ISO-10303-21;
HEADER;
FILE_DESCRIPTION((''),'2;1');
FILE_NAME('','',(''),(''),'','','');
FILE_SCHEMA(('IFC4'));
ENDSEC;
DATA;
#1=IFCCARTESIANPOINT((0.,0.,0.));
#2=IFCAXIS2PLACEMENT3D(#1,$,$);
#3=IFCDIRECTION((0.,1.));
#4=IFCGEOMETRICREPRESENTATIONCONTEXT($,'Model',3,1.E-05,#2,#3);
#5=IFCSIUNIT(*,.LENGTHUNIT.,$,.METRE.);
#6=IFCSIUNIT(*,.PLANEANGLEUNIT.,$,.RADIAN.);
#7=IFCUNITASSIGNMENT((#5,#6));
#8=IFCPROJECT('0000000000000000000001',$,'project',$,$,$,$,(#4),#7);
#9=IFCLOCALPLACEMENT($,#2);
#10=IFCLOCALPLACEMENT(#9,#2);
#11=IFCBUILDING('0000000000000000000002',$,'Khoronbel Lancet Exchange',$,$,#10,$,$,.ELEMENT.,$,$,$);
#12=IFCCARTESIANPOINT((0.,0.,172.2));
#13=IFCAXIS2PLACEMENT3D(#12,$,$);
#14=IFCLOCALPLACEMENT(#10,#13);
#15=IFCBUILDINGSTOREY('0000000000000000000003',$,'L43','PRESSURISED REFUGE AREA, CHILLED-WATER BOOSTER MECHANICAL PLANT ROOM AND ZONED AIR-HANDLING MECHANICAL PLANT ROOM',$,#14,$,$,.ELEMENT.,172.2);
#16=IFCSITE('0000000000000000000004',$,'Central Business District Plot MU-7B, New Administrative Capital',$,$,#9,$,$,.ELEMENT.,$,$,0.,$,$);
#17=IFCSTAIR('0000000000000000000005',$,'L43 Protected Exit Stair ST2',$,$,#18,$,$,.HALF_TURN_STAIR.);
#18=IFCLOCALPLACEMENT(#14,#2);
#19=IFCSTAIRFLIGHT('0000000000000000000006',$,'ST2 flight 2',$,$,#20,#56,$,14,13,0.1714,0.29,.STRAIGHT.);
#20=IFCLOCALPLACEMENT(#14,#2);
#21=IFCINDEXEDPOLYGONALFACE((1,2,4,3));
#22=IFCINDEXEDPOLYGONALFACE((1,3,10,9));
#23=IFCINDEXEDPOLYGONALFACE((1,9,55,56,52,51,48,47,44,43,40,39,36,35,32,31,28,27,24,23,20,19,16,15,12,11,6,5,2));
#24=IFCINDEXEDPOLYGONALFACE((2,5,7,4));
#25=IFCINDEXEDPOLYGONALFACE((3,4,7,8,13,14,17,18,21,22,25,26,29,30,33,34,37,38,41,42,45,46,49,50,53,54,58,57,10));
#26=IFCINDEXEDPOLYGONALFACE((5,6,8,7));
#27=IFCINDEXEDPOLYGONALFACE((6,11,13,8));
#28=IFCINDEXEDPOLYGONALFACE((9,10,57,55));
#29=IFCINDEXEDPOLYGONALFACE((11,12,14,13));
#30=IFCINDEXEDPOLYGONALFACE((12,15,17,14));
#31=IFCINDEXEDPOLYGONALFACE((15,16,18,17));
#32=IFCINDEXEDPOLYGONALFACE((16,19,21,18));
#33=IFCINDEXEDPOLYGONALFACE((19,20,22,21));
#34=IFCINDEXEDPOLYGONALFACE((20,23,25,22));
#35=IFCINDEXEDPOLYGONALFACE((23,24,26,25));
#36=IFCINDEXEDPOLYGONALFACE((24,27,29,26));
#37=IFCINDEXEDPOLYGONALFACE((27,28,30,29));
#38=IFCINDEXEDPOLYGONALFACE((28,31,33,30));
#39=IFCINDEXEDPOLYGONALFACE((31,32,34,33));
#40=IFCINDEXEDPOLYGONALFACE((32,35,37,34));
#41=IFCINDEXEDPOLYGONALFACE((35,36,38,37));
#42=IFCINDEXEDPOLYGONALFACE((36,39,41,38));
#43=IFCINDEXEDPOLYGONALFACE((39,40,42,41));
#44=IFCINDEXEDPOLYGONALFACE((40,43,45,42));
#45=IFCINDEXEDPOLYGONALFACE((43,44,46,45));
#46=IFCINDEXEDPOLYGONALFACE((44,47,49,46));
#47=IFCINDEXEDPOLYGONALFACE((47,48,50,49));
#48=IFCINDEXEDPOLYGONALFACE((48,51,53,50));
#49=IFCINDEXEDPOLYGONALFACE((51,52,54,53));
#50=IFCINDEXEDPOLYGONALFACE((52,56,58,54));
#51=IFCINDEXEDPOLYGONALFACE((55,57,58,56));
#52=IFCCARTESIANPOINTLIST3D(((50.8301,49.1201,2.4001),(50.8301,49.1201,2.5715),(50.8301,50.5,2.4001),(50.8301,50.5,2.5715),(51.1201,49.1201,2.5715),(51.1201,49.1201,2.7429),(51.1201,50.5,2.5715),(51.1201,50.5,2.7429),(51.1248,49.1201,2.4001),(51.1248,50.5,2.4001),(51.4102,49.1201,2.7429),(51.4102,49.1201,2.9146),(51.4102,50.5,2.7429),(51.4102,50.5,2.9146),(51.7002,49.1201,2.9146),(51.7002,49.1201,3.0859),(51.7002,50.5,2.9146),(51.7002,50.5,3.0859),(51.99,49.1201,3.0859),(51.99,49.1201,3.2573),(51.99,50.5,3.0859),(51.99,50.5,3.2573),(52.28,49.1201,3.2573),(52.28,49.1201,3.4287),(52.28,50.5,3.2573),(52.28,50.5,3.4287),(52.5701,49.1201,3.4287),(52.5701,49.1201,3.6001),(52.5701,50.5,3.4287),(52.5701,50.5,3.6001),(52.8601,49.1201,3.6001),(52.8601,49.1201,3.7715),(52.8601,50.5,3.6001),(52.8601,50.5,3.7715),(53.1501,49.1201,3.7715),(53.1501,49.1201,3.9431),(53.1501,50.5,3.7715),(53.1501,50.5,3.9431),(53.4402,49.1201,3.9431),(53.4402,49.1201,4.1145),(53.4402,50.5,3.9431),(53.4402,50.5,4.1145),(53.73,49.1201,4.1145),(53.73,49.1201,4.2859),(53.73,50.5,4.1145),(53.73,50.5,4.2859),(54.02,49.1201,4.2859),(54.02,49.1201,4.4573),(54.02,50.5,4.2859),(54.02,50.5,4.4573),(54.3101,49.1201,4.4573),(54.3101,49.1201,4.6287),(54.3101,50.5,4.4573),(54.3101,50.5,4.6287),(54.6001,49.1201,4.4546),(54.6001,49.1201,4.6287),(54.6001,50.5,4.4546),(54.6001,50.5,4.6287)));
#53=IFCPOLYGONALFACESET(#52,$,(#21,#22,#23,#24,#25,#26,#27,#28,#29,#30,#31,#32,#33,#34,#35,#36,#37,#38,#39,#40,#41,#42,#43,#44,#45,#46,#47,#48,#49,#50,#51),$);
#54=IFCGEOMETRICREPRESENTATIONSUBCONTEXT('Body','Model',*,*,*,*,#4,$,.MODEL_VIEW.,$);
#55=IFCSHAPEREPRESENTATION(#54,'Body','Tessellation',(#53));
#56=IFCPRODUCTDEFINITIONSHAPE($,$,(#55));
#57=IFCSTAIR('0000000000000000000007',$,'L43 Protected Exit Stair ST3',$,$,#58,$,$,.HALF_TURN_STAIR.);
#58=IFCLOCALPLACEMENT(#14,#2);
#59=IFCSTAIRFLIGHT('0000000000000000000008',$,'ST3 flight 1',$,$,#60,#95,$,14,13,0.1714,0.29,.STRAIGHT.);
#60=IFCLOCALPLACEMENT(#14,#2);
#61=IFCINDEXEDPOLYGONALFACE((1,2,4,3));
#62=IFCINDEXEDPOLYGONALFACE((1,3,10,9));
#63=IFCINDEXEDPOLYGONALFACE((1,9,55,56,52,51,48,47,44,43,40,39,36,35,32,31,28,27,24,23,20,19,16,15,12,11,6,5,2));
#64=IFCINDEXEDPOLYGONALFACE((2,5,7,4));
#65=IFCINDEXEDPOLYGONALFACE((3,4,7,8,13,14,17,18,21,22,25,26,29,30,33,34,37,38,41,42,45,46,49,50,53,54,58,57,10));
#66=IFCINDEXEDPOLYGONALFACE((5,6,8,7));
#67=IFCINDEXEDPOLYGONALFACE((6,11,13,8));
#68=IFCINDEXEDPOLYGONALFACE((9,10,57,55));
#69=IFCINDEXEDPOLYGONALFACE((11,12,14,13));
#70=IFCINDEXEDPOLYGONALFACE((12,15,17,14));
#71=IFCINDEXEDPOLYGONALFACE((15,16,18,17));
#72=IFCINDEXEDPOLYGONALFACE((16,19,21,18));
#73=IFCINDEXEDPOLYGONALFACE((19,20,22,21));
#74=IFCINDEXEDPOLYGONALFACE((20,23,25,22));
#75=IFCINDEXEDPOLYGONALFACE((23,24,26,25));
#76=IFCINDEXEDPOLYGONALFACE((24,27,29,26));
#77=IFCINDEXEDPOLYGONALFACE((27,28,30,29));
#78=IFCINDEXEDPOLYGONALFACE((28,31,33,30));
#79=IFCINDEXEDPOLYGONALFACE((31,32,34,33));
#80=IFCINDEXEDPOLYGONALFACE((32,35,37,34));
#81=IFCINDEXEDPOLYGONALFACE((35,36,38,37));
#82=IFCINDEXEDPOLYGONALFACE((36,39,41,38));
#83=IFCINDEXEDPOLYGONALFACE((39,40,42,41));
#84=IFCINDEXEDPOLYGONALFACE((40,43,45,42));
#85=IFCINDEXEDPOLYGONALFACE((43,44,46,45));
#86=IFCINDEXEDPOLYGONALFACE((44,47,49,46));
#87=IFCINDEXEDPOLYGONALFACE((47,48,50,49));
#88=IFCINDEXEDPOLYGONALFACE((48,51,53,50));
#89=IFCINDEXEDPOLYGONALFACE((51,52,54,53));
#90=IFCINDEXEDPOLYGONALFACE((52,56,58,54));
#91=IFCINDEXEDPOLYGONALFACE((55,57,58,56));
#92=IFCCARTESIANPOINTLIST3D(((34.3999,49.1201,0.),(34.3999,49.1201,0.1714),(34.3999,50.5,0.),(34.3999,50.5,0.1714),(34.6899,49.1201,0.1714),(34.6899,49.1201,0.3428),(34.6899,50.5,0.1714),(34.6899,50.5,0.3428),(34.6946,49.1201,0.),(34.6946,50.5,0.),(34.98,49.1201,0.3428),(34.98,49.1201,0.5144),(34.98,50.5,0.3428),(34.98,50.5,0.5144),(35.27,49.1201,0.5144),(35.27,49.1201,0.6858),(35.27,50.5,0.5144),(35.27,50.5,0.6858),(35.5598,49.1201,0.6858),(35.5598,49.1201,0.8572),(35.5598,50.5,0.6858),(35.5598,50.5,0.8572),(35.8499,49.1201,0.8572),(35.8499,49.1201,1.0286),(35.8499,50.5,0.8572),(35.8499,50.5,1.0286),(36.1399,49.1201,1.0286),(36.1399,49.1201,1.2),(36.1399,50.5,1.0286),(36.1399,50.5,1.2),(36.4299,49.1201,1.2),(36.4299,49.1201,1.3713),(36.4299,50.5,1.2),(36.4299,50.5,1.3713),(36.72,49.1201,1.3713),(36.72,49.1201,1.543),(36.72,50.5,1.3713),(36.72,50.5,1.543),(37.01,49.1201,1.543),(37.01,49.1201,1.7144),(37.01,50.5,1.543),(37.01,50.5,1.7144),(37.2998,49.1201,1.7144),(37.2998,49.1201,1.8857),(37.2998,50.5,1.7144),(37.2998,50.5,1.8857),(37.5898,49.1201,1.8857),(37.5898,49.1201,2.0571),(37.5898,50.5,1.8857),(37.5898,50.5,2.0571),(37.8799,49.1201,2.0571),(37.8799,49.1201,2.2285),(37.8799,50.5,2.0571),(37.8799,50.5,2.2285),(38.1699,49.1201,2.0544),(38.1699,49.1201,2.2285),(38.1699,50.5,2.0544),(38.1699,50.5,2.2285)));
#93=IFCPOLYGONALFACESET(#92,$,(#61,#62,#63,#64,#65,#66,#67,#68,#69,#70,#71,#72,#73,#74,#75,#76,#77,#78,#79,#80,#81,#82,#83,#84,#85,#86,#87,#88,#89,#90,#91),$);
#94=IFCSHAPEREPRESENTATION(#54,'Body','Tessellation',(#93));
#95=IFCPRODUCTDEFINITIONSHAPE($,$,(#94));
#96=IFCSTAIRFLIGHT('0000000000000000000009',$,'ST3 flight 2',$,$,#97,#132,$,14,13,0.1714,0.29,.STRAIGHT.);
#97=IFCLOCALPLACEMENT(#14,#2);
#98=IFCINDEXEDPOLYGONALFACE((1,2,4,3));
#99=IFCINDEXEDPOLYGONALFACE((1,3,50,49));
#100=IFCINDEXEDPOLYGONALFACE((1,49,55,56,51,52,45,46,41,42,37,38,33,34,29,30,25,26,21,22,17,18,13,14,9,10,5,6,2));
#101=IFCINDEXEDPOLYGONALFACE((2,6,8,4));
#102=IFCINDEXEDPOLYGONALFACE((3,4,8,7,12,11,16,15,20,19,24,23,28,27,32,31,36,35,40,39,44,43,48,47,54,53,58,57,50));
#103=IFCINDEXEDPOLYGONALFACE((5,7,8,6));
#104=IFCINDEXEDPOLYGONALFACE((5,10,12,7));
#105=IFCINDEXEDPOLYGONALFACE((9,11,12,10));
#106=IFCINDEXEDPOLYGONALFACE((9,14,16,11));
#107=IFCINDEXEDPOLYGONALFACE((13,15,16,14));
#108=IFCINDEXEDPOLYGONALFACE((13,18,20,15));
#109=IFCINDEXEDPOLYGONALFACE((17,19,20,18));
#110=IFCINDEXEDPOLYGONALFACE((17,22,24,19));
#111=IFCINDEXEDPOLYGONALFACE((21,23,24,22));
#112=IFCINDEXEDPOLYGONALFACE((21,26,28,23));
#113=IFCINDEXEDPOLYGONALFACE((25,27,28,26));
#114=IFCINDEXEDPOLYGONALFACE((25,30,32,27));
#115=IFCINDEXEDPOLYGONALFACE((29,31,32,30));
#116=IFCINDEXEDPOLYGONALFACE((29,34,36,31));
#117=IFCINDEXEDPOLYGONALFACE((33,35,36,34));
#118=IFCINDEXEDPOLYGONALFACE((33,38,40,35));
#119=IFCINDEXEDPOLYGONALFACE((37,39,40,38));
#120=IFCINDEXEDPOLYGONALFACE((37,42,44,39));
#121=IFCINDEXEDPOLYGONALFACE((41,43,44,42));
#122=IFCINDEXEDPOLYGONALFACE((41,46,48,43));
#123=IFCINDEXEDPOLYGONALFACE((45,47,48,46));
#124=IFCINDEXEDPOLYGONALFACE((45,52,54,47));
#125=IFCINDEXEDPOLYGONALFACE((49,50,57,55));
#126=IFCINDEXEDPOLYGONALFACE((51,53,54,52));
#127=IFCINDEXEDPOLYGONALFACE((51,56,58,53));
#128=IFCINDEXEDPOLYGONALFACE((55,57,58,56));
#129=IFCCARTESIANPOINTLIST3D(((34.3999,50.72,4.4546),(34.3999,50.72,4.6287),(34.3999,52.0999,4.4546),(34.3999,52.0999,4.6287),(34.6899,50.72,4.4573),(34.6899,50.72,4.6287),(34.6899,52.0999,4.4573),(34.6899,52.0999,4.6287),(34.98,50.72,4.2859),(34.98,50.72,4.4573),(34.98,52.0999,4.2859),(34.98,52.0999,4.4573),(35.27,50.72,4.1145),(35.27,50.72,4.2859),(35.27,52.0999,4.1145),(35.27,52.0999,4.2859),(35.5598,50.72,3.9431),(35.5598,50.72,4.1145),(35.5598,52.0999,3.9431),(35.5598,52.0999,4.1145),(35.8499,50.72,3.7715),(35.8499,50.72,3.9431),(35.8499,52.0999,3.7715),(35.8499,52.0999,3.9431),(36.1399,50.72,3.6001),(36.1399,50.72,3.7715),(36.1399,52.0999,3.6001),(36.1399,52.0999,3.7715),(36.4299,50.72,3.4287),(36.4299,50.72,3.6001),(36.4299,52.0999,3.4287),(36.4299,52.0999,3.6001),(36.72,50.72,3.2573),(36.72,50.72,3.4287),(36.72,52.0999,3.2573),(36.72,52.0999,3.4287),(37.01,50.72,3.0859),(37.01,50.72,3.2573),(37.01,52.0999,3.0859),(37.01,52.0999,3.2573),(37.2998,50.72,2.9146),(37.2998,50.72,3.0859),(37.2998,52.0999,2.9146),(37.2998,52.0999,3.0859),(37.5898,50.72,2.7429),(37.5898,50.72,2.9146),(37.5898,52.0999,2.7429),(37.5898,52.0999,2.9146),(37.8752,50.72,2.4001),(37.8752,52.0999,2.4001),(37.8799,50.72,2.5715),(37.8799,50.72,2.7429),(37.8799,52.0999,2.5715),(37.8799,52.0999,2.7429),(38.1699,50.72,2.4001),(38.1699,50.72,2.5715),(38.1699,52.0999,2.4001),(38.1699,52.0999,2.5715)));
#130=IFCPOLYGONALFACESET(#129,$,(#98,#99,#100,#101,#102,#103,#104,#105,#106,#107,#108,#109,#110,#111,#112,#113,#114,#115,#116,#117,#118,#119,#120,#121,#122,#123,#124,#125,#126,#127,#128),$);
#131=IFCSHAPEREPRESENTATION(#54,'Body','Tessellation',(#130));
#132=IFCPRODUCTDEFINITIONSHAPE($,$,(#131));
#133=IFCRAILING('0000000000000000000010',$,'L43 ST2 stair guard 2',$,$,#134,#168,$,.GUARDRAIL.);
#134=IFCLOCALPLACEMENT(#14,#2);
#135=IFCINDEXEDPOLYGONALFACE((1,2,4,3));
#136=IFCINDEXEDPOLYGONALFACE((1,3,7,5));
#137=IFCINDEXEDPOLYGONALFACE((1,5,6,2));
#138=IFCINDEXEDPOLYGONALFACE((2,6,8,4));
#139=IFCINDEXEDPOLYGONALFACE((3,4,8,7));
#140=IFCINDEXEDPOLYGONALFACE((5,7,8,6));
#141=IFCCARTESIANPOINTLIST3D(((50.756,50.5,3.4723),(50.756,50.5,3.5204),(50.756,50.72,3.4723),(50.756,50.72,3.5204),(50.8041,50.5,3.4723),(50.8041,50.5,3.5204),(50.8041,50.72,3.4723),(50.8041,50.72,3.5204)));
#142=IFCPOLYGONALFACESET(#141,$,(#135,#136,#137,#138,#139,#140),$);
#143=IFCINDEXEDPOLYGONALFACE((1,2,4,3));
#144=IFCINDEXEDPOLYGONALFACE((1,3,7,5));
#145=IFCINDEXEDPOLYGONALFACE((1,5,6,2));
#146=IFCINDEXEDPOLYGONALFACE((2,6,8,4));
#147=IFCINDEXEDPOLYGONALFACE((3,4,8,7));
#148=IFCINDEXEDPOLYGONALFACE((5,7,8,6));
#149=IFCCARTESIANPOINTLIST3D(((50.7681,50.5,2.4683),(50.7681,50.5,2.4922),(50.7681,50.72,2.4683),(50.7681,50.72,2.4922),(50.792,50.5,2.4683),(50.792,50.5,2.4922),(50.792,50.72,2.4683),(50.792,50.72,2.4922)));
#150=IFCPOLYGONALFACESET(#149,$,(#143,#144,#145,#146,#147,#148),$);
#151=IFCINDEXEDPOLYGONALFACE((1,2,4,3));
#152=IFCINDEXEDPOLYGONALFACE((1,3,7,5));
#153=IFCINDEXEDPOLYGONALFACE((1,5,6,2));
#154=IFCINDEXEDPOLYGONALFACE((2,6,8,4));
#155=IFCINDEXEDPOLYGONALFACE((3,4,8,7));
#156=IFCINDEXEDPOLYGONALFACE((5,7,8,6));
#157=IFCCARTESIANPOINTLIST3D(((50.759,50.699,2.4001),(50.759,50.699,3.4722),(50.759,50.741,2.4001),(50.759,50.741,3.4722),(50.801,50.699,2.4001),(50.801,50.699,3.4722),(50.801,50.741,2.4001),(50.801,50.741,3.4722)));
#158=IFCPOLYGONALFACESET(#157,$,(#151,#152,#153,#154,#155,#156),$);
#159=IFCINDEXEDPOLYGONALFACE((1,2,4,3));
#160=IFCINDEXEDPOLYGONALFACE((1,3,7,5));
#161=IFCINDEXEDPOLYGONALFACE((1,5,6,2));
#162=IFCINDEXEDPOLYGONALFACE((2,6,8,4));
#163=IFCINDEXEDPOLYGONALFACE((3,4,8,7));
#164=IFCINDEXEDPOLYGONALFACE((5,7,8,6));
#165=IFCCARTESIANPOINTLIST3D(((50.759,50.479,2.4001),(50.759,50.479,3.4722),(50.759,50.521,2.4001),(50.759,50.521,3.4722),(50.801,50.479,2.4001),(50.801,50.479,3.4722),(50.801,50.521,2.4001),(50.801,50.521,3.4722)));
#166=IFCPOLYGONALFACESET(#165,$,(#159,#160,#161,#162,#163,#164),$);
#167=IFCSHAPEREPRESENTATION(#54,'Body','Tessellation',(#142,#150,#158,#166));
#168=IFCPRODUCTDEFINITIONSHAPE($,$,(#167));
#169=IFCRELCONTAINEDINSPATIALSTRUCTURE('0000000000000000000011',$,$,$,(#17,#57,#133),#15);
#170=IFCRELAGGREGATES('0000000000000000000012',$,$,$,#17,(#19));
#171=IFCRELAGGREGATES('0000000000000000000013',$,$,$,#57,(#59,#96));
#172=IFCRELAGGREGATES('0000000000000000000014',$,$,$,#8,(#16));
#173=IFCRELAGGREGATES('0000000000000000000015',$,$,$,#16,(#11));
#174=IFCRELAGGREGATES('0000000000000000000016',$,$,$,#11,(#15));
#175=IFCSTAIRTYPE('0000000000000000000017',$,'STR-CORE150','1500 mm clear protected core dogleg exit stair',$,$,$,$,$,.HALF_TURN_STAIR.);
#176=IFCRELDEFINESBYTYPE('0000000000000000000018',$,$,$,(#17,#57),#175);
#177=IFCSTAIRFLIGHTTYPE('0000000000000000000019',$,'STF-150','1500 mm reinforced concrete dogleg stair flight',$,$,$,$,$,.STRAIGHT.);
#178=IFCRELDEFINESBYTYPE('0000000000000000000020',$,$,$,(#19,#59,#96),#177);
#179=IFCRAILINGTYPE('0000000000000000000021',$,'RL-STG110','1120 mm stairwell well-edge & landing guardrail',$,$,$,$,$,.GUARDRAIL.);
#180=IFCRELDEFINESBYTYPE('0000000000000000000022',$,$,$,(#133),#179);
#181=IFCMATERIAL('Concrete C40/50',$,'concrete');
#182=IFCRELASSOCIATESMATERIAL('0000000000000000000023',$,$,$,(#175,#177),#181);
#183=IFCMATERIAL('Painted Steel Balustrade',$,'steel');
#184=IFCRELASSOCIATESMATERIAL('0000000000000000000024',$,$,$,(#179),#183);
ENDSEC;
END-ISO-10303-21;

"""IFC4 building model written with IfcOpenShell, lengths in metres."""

from ifc_helpers import new_model, si_unit, direction, frame, origin, origin_2d, place, context, subcontext, project, spatial, polyline, rectangle, outline, extrude, material, type_object, element, aggregate, save


model = new_model("IFC4")

# Units and contexts
model_context = context("Model", 3, precision=1e-05, world=origin(), true_north=direction((0.0, 1.0)))
body_context = subcontext(model_context, "Body", "Model", "MODEL_VIEW")
ifc_project = project(units=[si_unit("LENGTHUNIT", "METRE"), si_unit("PLANEANGLEUNIT", "RADIAN")], contexts=[model_context])

# Site, building, storey
site_placement = place(None, origin())
site = spatial("IfcSite", under=ifc_project, at=site_placement, Name="Central Business District Plot MU-7B, New Administrative Capital", CompositionType="ELEMENT", RefElevation=0.0)
building_placement = place(site_placement, origin())
building = spatial("IfcBuilding", under=site, at=building_placement, Name="Khoronbel Lancet Exchange", CompositionType="ELEMENT")
storey_placement = place(building_placement, frame((0.0, 0.0, 172.2)))
storey = spatial("IfcBuildingStorey", under=building, at=storey_placement, Name="L43", Description="PRESSURISED REFUGE AREA, CHILLED-WATER BOOSTER MECHANICAL PLANT ROOM AND ZONED AIR-HANDLING MECHANICAL PLANT ROOM", CompositionType="ELEMENT", Elevation=172.2)

# Stair, stair flight
ifc_material_1 = material(Name="Concrete C40/50", Category="concrete")
stair_type = type_object("IfcStairType", Name="STR-CORE150", Description="1500 mm clear protected core dogleg exit stair", PredefinedType="HALF_TURN_STAIR", material=ifc_material_1)
stair_1_placement = place(storey_placement, origin())
stair_1 = element("IfcStair", 1, at=stair_1_placement, inside=storey, type_object=stair_type, Name="L43 Protected Exit Stair ST2", PredefinedType="HALF_TURN_STAIR")
stair_flight_type = type_object("IfcStairFlightType", Name="STF-150", Description="1500 mm reinforced concrete dogleg stair flight", PredefinedType="STRAIGHT", material=ifc_material_1)
stair_flight_1_placement = place(storey_placement, frame((50.8301, 49.8101, 2.4001), z_axis=(0.0, 0.0, 1.0), x_axis=(1.0, 0.0, 0.0)))
stair_flight_1 = element("IfcStairFlight", 2, at=stair_flight_1_placement, type_object=stair_flight_type, Name="ST2 flight 2", NumberOfRisers=14, NumberOfTreads=13, PredefinedType="STRAIGHT", RiserHeight=0.1714, TreadLength=0.29, context=body_context, shape_type="SweptSolid", body=[
    extrude(outline(polyline([(0.0, 0.0), (0.0, 0.1714), (0.29, 0.1714), (0.29, 0.3428), (0.5801, 0.3428), (0.5801, 0.5144), (0.8701, 0.5144), (0.8701, 0.6858), (1.1599, 0.6858), (1.1599, 0.8572), (1.45, 0.8572), (1.45, 1.0286), (1.74, 1.0286), (1.74, 1.2), (2.03, 1.2), (2.03, 1.3713), (2.3201, 1.3713), (2.3201, 1.543), (2.6101, 1.543), (2.6101, 1.7144), (2.8999, 1.7144), (2.8999, 1.8857), (3.1899, 1.8857), (3.1899, 2.0571), (3.48, 2.0571), (3.48, 2.2285), (3.77, 2.2285), (3.77, 2.3999), (3.77, 2.0544), (0.2947, 0.0), (0.0, 0.0)])), frame((0.0, 0.6899, 0.0), z_axis=(0.0, -1.0, 0.0), x_axis=(1.0, 0.0, 0.0)), (0.0, 0.0, 1.0), 1.3799),
])
aggregate(stair_1, [stair_flight_1])

# Stair, stair flights
stair_2_placement = place(storey_placement, origin())
stair_2 = element("IfcStair", 3, at=stair_2_placement, inside=storey, type_object=stair_type, Name="L43 Protected Exit Stair ST3", PredefinedType="HALF_TURN_STAIR")
stair_flight_2_placement = place(storey_placement, frame((34.3999, 49.8101, 0.0), z_axis=(0.0, 0.0, 1.0), x_axis=(1.0, 0.0, 0.0)))
stair_flight_2 = element("IfcStairFlight", 4, at=stair_flight_2_placement, type_object=stair_flight_type, Name="ST3 flight 1", NumberOfRisers=14, NumberOfTreads=13, PredefinedType="STRAIGHT", RiserHeight=0.1714, TreadLength=0.29, context=body_context, shape_type="SweptSolid", body=[
    extrude(outline(polyline([(0.0, 0.0), (0.0, 0.1714), (0.29, 0.1714), (0.29, 0.3428), (0.5801, 0.3428), (0.5801, 0.5144), (0.8701, 0.5144), (0.8701, 0.6858), (1.1599, 0.6858), (1.1599, 0.8572), (1.45, 0.8572), (1.45, 1.0286), (1.74, 1.0286), (1.74, 1.2), (2.03, 1.2), (2.03, 1.3713), (2.3201, 1.3713), (2.3201, 1.543), (2.6101, 1.543), (2.6101, 1.7144), (2.8999, 1.7144), (2.8999, 1.8857), (3.1899, 1.8857), (3.1899, 2.0571), (3.48, 2.0571), (3.48, 2.2285), (3.77, 2.2285), (3.77, 2.3999), (3.77, 2.0544), (0.2947, 0.0), (0.0, 0.0)])), frame((0.0, 0.6899, 0.0), z_axis=(0.0, -1.0, 0.0), x_axis=(1.0, 0.0, 0.0)), (0.0, 0.0, 1.0), 1.3799),
])
stair_flight_3_placement = place(storey_placement, frame((38.1699, 51.4099, 2.4001), z_axis=(0.0, 0.0, 1.0), x_axis=(-1.0, 0.0, 0.0)))
stair_flight_3 = element("IfcStairFlight", 5, at=stair_flight_3_placement, type_object=stair_flight_type, Name="ST3 flight 2", NumberOfRisers=14, NumberOfTreads=13, PredefinedType="STRAIGHT", RiserHeight=0.1714, TreadLength=0.29, context=body_context, shape_type="SweptSolid", body=[
    extrude(outline(polyline([(0.0, 0.0), (0.0, 0.1714), (0.29, 0.1714), (0.29, 0.3428), (0.5801, 0.3428), (0.5801, 0.5144), (0.8701, 0.5144), (0.8701, 0.6858), (1.1599, 0.6858), (1.1599, 0.8572), (1.45, 0.8572), (1.45, 1.0286), (1.74, 1.0286), (1.74, 1.2), (2.03, 1.2), (2.03, 1.3713), (2.3201, 1.3713), (2.3201, 1.543), (2.6101, 1.543), (2.6101, 1.7144), (2.8999, 1.7144), (2.8999, 1.8857), (3.1899, 1.8857), (3.1899, 2.0571), (3.48, 2.0571), (3.48, 2.2285), (3.77, 2.2285), (3.77, 2.3999), (3.77, 2.0544), (0.2947, 0.0), (0.0, 0.0)])), frame((0.0, 0.6899, 0.0), z_axis=(0.0, -1.0, 0.0), x_axis=(1.0, 0.0, 0.0)), (0.0, 0.0, 1.0), 1.3799),
])
aggregate(stair_2, [stair_flight_2, stair_flight_3])

# Railing
ifc_material_2 = material(Name="Painted Steel Balustrade", Category="steel")
railing_type_1 = type_object("IfcRailingType", Name="RL-STG110", Description="1120 mm stairwell well-edge & landing guardrail", PredefinedType="GUARDRAIL", material=ifc_material_2)
railing_1_placement = place(storey_placement, frame((50.78, 50.72, 2.4001)))
element("IfcRailing", 6, at=railing_1_placement, inside=storey, type_object=railing_type_1, Name="L43 ST2 stair guard 2", PredefinedType="GUARDRAIL", context=body_context, shape_type="SweptSolid", body=[
    extrude(rectangle(XDim=0.0481, YDim=0.0481, at=origin_2d()), frame((0.0, 0.0, 1.0962), z_axis=(0.0, -1.0, 0.0), x_axis=(1.0, 0.0, 0.0)), (0.0, 0.0, 1.0), 0.22),
    extrude(rectangle(XDim=0.0239, YDim=0.0239, at=origin_2d()), frame((0.0, 0.0, 0.0801), z_axis=(0.0, -1.0, 0.0), x_axis=(1.0, 0.0, 0.0)), (0.0, 0.0, 1.0), 0.22),
    extrude(rectangle(XDim=0.042, YDim=0.042, at=origin_2d()), origin(), (0.0, 0.0, 1.0), 1.072),
    extrude(rectangle(XDim=0.042, YDim=0.042, at=origin_2d()), frame((0.0, -0.22, 0.0)), (0.0, 0.0, 1.0), 1.072),
])

save(model, "model.ifc")
